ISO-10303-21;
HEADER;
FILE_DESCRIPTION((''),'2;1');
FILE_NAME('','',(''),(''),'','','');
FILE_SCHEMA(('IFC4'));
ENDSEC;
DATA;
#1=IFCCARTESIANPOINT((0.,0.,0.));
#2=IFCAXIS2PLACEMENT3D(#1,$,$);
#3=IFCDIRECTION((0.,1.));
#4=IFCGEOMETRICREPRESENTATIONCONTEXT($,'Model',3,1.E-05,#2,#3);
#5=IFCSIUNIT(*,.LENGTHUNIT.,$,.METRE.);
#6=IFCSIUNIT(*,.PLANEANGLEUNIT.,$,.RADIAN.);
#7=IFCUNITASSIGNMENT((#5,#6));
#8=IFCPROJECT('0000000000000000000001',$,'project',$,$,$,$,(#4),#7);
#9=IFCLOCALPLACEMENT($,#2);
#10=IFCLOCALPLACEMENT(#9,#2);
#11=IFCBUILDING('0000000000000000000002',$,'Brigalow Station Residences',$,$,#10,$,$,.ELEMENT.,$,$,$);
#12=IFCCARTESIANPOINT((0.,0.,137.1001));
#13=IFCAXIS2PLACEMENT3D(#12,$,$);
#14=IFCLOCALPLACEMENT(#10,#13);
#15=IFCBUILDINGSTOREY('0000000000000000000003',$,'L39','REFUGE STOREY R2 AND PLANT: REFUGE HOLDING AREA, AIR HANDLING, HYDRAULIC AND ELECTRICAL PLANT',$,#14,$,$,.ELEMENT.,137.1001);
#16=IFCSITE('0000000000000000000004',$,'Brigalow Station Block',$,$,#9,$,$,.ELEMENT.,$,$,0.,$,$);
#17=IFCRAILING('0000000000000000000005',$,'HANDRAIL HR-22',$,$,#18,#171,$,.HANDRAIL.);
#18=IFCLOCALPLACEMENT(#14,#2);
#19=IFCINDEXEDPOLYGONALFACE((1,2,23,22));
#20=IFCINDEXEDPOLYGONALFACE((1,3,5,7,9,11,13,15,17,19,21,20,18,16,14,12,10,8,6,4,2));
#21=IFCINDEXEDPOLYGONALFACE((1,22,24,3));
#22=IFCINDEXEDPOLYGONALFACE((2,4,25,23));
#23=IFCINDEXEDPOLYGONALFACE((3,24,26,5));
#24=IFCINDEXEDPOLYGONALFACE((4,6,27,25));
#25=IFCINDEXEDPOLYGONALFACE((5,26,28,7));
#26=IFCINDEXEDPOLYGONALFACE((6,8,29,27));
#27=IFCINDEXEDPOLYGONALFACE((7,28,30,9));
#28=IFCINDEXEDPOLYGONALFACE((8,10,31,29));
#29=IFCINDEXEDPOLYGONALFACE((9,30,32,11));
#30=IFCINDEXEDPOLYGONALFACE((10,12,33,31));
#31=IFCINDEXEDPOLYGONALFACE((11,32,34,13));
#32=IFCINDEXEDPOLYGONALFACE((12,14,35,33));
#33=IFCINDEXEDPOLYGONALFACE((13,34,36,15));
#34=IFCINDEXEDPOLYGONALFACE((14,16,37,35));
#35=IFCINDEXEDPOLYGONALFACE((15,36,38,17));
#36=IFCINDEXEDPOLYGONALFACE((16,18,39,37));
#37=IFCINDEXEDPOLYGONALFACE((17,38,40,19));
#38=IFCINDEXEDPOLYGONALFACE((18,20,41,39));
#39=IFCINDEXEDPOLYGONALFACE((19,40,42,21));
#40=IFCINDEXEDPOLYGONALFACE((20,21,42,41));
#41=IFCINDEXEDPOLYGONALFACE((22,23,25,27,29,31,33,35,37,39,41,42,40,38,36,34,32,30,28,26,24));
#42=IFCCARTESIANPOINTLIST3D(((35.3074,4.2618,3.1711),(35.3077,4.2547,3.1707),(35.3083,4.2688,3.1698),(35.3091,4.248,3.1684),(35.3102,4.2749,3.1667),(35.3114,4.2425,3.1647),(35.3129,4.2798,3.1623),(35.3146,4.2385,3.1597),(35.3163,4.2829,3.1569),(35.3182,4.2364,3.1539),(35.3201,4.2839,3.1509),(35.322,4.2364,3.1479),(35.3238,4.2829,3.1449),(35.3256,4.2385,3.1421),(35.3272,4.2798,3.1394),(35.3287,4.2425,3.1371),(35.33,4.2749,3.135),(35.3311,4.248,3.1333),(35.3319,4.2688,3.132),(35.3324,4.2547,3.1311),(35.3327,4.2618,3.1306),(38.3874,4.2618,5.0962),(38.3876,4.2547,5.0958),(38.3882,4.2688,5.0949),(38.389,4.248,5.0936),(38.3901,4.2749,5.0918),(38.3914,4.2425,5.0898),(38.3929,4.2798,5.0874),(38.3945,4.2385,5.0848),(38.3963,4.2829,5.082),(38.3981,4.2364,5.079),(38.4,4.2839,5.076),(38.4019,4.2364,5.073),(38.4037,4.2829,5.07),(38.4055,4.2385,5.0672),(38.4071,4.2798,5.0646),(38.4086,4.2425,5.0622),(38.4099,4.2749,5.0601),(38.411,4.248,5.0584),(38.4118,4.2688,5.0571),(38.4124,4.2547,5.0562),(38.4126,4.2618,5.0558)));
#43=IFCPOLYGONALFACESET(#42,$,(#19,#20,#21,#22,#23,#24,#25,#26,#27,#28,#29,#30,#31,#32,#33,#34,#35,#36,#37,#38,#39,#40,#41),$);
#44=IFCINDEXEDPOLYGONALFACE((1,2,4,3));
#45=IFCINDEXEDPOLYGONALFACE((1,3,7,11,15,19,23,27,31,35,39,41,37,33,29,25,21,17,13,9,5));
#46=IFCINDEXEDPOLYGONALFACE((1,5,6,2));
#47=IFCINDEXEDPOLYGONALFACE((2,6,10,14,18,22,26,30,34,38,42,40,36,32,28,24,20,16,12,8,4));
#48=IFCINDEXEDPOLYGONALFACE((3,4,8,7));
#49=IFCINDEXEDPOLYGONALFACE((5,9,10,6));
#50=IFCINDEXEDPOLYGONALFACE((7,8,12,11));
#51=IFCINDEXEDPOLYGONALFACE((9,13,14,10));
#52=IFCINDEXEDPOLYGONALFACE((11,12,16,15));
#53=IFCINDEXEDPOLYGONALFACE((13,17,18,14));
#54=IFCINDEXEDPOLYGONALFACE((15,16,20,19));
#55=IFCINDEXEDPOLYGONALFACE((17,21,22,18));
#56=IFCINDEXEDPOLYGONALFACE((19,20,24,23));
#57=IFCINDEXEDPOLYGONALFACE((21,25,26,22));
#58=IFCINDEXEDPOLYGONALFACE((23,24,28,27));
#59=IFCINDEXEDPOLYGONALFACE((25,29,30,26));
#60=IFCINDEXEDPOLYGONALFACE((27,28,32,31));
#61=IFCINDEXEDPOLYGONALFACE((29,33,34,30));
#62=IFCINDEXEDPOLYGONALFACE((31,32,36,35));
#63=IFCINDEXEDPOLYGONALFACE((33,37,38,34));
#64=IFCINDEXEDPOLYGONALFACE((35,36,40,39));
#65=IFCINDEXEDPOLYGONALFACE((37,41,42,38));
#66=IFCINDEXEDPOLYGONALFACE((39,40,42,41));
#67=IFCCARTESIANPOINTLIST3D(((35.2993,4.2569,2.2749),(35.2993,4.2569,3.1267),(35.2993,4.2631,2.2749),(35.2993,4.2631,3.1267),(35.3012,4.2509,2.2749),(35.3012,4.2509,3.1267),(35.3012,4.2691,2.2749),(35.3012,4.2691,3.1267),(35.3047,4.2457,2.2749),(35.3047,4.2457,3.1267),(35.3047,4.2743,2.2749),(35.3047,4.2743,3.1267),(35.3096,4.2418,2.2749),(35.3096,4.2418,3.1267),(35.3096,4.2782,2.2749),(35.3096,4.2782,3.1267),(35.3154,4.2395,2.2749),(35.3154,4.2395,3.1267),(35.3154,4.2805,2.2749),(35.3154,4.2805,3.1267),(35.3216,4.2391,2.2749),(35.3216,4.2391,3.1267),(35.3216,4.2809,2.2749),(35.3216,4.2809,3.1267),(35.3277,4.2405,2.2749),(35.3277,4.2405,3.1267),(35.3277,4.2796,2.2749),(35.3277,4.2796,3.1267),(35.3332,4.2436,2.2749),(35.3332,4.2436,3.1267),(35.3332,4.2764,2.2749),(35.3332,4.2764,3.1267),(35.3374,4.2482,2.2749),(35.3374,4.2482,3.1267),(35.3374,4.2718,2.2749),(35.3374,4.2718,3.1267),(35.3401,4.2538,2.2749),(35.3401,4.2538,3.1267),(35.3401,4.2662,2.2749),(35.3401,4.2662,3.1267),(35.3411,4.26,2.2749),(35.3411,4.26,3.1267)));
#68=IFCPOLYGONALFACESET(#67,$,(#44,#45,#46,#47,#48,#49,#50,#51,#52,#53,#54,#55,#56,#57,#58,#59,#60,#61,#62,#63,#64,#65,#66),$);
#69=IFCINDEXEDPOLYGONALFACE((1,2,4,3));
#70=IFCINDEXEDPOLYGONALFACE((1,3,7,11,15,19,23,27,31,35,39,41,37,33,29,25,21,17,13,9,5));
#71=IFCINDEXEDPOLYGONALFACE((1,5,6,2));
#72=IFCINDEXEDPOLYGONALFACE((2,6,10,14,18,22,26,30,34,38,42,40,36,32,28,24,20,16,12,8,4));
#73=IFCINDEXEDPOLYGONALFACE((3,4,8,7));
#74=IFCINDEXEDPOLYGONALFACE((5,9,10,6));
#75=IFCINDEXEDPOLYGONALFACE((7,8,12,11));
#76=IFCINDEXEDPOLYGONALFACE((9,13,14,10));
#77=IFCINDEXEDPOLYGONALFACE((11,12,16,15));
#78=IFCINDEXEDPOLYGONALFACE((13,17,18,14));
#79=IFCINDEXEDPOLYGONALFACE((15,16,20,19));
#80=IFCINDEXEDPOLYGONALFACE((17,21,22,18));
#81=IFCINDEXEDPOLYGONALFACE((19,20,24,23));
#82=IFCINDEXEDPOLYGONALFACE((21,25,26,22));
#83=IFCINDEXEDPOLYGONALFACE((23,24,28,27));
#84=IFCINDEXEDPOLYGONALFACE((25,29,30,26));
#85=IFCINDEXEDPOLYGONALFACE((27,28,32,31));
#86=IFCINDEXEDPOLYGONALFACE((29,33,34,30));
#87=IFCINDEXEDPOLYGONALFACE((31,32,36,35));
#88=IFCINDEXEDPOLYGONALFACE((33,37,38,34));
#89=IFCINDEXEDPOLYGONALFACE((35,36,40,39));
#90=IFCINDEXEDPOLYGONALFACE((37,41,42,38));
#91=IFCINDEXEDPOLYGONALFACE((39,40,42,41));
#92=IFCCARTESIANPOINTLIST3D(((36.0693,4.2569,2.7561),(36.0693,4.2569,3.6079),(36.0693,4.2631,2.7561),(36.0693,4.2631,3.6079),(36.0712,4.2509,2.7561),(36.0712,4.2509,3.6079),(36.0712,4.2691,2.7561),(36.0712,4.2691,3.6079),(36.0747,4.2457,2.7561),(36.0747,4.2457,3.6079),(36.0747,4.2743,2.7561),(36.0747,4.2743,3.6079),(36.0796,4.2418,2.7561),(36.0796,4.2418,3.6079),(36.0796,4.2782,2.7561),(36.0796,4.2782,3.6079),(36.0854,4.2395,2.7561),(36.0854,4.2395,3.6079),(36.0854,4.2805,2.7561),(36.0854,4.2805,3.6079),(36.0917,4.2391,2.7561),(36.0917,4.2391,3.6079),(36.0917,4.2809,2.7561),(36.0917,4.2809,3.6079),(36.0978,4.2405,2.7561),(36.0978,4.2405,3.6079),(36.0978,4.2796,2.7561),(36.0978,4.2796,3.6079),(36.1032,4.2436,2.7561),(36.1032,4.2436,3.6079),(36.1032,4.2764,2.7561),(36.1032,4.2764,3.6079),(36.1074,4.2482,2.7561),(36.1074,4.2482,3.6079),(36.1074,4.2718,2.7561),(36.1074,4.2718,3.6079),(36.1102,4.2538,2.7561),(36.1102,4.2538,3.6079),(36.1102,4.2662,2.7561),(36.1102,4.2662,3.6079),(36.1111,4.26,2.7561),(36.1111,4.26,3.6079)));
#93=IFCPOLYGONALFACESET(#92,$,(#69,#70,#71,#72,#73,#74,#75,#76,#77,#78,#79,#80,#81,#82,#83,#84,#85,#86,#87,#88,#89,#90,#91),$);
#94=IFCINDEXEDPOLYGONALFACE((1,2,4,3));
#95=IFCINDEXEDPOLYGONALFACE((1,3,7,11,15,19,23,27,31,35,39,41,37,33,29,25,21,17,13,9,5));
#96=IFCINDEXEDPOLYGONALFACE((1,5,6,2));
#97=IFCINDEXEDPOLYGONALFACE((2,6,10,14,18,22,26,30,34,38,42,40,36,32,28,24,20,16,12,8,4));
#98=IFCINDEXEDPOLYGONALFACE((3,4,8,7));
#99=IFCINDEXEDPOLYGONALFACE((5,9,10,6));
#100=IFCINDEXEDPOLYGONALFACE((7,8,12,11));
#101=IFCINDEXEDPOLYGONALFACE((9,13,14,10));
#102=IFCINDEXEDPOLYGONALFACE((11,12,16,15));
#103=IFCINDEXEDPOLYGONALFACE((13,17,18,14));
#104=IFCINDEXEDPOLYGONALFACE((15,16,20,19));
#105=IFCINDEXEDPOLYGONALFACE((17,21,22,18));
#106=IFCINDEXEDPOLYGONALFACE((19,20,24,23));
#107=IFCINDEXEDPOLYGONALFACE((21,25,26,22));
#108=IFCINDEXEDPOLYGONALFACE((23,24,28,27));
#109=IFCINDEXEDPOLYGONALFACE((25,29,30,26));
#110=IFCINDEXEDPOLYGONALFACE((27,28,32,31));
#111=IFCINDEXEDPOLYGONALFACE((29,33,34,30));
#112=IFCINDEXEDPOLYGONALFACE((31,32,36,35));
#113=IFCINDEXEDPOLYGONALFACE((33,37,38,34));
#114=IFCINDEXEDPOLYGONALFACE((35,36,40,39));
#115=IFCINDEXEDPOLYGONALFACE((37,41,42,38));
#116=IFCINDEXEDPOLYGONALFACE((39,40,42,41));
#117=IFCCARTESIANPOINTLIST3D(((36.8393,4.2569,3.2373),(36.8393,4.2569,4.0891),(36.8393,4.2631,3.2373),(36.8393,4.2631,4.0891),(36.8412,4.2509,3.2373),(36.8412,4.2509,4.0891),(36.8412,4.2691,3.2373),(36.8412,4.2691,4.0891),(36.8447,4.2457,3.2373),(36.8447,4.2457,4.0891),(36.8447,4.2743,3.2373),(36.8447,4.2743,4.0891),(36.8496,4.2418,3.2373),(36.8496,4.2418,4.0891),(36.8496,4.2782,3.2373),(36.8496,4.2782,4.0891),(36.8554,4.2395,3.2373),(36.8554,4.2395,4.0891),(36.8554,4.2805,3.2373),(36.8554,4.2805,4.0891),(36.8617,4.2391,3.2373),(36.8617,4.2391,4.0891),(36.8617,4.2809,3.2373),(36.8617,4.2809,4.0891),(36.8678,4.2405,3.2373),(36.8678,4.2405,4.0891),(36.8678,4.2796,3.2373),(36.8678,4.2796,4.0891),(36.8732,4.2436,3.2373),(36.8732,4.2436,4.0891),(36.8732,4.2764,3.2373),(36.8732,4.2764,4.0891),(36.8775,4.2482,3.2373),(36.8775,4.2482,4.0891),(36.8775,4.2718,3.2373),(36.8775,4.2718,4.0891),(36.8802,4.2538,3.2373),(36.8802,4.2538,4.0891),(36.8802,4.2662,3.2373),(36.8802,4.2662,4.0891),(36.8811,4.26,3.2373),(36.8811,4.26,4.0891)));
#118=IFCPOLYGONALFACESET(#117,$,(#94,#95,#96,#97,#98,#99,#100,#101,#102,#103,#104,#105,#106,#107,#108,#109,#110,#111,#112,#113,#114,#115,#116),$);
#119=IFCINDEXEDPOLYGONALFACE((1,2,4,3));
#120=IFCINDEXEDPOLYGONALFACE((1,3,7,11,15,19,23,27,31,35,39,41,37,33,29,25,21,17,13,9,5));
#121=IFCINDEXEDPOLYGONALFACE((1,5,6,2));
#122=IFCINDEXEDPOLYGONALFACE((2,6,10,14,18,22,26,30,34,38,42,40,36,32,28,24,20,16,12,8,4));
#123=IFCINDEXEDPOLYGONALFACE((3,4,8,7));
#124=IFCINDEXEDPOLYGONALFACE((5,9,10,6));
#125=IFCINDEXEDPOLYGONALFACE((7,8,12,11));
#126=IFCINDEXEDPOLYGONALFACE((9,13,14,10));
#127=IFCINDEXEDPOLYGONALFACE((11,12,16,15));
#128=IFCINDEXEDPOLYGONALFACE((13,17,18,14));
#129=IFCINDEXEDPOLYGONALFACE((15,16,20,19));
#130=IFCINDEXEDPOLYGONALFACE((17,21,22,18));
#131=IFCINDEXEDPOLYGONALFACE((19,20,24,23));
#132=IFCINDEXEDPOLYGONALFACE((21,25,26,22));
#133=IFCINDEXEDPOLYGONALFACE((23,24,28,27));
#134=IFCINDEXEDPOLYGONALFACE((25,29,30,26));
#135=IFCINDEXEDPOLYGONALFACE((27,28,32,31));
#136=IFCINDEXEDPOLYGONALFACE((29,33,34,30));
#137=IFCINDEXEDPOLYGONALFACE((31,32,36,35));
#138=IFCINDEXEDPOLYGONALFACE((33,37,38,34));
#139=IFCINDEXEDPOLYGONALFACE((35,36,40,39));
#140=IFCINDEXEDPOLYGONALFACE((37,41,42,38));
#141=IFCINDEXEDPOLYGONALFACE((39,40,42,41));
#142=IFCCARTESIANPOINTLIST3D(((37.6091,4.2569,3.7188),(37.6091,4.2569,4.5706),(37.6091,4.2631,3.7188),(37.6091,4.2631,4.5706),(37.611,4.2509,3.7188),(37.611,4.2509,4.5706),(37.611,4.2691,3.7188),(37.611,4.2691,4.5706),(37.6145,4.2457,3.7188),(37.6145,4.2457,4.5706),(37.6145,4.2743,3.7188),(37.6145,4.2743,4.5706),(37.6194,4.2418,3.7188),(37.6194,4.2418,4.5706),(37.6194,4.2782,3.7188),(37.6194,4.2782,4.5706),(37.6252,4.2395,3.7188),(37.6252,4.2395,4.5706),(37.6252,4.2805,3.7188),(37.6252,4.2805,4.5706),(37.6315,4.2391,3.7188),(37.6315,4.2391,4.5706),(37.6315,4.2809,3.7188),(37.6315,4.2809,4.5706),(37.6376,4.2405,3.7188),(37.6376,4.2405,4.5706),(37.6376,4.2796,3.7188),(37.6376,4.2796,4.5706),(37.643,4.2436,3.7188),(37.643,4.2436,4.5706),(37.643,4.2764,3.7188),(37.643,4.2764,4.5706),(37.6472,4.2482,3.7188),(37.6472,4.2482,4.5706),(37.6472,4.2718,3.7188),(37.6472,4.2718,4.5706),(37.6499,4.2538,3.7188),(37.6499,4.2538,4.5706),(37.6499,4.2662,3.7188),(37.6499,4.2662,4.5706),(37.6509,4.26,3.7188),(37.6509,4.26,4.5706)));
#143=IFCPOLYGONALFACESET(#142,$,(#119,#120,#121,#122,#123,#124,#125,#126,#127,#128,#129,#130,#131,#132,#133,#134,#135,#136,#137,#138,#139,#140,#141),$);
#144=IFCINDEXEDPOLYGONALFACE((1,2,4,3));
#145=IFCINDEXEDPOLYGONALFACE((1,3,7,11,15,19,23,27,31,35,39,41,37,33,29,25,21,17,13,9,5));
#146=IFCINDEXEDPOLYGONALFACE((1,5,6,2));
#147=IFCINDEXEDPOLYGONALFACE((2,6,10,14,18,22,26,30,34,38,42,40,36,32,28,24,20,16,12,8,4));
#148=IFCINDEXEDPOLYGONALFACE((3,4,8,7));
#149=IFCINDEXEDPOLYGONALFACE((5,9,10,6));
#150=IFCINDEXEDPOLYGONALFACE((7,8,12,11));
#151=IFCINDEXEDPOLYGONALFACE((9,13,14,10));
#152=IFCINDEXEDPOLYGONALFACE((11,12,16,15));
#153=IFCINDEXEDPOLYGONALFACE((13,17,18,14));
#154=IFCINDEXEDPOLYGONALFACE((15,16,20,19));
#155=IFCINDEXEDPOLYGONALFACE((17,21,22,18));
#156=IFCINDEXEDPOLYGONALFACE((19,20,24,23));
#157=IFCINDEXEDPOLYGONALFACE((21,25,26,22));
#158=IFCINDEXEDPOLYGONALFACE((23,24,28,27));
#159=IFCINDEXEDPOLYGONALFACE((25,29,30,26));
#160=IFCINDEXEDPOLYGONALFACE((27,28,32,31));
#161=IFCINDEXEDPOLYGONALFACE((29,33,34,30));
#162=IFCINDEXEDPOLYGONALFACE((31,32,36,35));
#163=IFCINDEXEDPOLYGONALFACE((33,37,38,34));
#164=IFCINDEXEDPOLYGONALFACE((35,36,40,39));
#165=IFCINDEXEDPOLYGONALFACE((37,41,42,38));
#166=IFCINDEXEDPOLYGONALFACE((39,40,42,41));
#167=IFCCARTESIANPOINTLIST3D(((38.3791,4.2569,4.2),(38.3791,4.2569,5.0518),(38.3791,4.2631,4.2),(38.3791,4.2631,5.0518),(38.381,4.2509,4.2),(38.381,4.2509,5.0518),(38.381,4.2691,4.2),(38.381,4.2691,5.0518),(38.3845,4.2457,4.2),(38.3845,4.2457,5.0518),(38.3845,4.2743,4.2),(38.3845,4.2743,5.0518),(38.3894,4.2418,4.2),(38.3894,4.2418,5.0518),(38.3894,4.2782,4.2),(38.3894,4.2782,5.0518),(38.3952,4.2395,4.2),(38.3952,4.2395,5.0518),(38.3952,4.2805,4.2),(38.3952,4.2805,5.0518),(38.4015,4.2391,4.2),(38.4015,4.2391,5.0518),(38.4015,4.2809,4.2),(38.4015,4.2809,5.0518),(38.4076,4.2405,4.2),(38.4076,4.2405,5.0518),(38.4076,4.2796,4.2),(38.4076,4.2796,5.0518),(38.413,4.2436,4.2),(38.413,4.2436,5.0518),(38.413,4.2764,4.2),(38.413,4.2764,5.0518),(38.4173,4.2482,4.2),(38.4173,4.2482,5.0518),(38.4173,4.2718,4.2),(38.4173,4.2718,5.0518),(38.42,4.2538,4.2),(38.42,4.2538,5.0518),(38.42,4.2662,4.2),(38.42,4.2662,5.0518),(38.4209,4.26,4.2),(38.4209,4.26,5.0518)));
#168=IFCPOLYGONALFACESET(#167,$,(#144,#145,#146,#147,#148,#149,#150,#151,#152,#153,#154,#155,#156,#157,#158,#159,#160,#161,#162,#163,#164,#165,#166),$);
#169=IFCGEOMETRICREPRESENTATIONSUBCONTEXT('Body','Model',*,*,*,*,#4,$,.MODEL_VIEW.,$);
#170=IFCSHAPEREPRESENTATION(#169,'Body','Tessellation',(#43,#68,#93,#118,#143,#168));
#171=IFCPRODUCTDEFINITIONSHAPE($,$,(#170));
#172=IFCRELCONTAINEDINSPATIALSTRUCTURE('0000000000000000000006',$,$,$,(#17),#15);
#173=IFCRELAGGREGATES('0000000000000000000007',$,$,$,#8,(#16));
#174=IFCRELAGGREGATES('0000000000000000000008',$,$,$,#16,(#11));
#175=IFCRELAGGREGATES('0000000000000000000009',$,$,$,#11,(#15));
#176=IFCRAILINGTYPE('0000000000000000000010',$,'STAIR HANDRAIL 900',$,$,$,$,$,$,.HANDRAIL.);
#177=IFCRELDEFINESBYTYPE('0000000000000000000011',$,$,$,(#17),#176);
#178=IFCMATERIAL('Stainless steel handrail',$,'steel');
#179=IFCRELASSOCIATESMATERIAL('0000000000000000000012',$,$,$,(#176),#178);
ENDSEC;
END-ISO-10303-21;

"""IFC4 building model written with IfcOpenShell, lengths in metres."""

from ifc_helpers import new_model, si_unit, direction, frame, origin, origin_2d, place, context, subcontext, project, spatial, circle, extrude, material, type_object, element, save


model = new_model("IFC4")

# Units and contexts
model_context = context("Model", 3, precision=1e-05, world=origin(), true_north=direction((0.0, 1.0)))
body_context = subcontext(model_context, "Body", "Model", "MODEL_VIEW")
ifc_project = project(units=[si_unit("LENGTHUNIT", "METRE"), si_unit("PLANEANGLEUNIT", "RADIAN")], contexts=[model_context])

# Site, building, storey
site_placement = place(None, origin())
site = spatial("IfcSite", under=ifc_project, at=site_placement, Name="Brigalow Station Block", CompositionType="ELEMENT", RefElevation=0.0)
building_placement = place(site_placement, origin())
building = spatial("IfcBuilding", under=site, at=building_placement, Name="Brigalow Station Residences", CompositionType="ELEMENT")
storey_placement = place(building_placement, frame((0.0, 0.0, 137.1001)))
storey = spatial("IfcBuildingStorey", under=building, at=storey_placement, Name="L39", Description="REFUGE STOREY R2 AND PLANT: REFUGE HOLDING AREA, AIR HANDLING, HYDRAULIC AND ELECTRICAL PLANT", CompositionType="ELEMENT", Elevation=137.1001)

# Railing
ifc_material_1 = material(Name="Stainless steel handrail", Category="steel")
railing_type = type_object("IfcRailingType", Name="STAIR HANDRAIL 900", PredefinedType="HANDRAIL", material=ifc_material_1)
railing_placement = place(storey_placement, frame((35.3201, 4.26, 2.2749)))
element("IfcRailing", 1, at=railing_placement, inside=storey, type_object=railing_type, Name="HANDRAIL HR-22", PredefinedType="HANDRAIL", context=body_context, shape_type="SweptSolid", body=[
    extrude(circle(Radius=0.0239, at=origin_2d()), frame((0.0, 0.0, 0.876), z_axis=(0.847979, 0.0, 0.530029), x_axis=(0.0, 1.0, 0.0)), (0.0, 0.0, 1.0), 3.6321),
    extrude(circle(Radius=0.021, at=origin_2d()), origin(), (0.0, 0.0, 1.0), 0.8518),
    extrude(circle(Radius=0.021, at=origin_2d()), frame((0.77, 0.0, 0.4812)), (0.0, 0.0, 1.0), 0.8518),
    extrude(circle(Radius=0.021, at=origin_2d()), frame((1.54, 0.0, 0.9624)), (0.0, 0.0, 1.0), 0.8518),
    extrude(circle(Radius=0.021, at=origin_2d()), frame((2.3098, 0.0, 1.4438)), (0.0, 0.0, 1.0), 0.8518),
    extrude(circle(Radius=0.021, at=origin_2d()), frame((3.0798, 0.0, 1.925)), (0.0, 0.0, 1.0), 0.8518),
])

save(model, "model.ifc")
